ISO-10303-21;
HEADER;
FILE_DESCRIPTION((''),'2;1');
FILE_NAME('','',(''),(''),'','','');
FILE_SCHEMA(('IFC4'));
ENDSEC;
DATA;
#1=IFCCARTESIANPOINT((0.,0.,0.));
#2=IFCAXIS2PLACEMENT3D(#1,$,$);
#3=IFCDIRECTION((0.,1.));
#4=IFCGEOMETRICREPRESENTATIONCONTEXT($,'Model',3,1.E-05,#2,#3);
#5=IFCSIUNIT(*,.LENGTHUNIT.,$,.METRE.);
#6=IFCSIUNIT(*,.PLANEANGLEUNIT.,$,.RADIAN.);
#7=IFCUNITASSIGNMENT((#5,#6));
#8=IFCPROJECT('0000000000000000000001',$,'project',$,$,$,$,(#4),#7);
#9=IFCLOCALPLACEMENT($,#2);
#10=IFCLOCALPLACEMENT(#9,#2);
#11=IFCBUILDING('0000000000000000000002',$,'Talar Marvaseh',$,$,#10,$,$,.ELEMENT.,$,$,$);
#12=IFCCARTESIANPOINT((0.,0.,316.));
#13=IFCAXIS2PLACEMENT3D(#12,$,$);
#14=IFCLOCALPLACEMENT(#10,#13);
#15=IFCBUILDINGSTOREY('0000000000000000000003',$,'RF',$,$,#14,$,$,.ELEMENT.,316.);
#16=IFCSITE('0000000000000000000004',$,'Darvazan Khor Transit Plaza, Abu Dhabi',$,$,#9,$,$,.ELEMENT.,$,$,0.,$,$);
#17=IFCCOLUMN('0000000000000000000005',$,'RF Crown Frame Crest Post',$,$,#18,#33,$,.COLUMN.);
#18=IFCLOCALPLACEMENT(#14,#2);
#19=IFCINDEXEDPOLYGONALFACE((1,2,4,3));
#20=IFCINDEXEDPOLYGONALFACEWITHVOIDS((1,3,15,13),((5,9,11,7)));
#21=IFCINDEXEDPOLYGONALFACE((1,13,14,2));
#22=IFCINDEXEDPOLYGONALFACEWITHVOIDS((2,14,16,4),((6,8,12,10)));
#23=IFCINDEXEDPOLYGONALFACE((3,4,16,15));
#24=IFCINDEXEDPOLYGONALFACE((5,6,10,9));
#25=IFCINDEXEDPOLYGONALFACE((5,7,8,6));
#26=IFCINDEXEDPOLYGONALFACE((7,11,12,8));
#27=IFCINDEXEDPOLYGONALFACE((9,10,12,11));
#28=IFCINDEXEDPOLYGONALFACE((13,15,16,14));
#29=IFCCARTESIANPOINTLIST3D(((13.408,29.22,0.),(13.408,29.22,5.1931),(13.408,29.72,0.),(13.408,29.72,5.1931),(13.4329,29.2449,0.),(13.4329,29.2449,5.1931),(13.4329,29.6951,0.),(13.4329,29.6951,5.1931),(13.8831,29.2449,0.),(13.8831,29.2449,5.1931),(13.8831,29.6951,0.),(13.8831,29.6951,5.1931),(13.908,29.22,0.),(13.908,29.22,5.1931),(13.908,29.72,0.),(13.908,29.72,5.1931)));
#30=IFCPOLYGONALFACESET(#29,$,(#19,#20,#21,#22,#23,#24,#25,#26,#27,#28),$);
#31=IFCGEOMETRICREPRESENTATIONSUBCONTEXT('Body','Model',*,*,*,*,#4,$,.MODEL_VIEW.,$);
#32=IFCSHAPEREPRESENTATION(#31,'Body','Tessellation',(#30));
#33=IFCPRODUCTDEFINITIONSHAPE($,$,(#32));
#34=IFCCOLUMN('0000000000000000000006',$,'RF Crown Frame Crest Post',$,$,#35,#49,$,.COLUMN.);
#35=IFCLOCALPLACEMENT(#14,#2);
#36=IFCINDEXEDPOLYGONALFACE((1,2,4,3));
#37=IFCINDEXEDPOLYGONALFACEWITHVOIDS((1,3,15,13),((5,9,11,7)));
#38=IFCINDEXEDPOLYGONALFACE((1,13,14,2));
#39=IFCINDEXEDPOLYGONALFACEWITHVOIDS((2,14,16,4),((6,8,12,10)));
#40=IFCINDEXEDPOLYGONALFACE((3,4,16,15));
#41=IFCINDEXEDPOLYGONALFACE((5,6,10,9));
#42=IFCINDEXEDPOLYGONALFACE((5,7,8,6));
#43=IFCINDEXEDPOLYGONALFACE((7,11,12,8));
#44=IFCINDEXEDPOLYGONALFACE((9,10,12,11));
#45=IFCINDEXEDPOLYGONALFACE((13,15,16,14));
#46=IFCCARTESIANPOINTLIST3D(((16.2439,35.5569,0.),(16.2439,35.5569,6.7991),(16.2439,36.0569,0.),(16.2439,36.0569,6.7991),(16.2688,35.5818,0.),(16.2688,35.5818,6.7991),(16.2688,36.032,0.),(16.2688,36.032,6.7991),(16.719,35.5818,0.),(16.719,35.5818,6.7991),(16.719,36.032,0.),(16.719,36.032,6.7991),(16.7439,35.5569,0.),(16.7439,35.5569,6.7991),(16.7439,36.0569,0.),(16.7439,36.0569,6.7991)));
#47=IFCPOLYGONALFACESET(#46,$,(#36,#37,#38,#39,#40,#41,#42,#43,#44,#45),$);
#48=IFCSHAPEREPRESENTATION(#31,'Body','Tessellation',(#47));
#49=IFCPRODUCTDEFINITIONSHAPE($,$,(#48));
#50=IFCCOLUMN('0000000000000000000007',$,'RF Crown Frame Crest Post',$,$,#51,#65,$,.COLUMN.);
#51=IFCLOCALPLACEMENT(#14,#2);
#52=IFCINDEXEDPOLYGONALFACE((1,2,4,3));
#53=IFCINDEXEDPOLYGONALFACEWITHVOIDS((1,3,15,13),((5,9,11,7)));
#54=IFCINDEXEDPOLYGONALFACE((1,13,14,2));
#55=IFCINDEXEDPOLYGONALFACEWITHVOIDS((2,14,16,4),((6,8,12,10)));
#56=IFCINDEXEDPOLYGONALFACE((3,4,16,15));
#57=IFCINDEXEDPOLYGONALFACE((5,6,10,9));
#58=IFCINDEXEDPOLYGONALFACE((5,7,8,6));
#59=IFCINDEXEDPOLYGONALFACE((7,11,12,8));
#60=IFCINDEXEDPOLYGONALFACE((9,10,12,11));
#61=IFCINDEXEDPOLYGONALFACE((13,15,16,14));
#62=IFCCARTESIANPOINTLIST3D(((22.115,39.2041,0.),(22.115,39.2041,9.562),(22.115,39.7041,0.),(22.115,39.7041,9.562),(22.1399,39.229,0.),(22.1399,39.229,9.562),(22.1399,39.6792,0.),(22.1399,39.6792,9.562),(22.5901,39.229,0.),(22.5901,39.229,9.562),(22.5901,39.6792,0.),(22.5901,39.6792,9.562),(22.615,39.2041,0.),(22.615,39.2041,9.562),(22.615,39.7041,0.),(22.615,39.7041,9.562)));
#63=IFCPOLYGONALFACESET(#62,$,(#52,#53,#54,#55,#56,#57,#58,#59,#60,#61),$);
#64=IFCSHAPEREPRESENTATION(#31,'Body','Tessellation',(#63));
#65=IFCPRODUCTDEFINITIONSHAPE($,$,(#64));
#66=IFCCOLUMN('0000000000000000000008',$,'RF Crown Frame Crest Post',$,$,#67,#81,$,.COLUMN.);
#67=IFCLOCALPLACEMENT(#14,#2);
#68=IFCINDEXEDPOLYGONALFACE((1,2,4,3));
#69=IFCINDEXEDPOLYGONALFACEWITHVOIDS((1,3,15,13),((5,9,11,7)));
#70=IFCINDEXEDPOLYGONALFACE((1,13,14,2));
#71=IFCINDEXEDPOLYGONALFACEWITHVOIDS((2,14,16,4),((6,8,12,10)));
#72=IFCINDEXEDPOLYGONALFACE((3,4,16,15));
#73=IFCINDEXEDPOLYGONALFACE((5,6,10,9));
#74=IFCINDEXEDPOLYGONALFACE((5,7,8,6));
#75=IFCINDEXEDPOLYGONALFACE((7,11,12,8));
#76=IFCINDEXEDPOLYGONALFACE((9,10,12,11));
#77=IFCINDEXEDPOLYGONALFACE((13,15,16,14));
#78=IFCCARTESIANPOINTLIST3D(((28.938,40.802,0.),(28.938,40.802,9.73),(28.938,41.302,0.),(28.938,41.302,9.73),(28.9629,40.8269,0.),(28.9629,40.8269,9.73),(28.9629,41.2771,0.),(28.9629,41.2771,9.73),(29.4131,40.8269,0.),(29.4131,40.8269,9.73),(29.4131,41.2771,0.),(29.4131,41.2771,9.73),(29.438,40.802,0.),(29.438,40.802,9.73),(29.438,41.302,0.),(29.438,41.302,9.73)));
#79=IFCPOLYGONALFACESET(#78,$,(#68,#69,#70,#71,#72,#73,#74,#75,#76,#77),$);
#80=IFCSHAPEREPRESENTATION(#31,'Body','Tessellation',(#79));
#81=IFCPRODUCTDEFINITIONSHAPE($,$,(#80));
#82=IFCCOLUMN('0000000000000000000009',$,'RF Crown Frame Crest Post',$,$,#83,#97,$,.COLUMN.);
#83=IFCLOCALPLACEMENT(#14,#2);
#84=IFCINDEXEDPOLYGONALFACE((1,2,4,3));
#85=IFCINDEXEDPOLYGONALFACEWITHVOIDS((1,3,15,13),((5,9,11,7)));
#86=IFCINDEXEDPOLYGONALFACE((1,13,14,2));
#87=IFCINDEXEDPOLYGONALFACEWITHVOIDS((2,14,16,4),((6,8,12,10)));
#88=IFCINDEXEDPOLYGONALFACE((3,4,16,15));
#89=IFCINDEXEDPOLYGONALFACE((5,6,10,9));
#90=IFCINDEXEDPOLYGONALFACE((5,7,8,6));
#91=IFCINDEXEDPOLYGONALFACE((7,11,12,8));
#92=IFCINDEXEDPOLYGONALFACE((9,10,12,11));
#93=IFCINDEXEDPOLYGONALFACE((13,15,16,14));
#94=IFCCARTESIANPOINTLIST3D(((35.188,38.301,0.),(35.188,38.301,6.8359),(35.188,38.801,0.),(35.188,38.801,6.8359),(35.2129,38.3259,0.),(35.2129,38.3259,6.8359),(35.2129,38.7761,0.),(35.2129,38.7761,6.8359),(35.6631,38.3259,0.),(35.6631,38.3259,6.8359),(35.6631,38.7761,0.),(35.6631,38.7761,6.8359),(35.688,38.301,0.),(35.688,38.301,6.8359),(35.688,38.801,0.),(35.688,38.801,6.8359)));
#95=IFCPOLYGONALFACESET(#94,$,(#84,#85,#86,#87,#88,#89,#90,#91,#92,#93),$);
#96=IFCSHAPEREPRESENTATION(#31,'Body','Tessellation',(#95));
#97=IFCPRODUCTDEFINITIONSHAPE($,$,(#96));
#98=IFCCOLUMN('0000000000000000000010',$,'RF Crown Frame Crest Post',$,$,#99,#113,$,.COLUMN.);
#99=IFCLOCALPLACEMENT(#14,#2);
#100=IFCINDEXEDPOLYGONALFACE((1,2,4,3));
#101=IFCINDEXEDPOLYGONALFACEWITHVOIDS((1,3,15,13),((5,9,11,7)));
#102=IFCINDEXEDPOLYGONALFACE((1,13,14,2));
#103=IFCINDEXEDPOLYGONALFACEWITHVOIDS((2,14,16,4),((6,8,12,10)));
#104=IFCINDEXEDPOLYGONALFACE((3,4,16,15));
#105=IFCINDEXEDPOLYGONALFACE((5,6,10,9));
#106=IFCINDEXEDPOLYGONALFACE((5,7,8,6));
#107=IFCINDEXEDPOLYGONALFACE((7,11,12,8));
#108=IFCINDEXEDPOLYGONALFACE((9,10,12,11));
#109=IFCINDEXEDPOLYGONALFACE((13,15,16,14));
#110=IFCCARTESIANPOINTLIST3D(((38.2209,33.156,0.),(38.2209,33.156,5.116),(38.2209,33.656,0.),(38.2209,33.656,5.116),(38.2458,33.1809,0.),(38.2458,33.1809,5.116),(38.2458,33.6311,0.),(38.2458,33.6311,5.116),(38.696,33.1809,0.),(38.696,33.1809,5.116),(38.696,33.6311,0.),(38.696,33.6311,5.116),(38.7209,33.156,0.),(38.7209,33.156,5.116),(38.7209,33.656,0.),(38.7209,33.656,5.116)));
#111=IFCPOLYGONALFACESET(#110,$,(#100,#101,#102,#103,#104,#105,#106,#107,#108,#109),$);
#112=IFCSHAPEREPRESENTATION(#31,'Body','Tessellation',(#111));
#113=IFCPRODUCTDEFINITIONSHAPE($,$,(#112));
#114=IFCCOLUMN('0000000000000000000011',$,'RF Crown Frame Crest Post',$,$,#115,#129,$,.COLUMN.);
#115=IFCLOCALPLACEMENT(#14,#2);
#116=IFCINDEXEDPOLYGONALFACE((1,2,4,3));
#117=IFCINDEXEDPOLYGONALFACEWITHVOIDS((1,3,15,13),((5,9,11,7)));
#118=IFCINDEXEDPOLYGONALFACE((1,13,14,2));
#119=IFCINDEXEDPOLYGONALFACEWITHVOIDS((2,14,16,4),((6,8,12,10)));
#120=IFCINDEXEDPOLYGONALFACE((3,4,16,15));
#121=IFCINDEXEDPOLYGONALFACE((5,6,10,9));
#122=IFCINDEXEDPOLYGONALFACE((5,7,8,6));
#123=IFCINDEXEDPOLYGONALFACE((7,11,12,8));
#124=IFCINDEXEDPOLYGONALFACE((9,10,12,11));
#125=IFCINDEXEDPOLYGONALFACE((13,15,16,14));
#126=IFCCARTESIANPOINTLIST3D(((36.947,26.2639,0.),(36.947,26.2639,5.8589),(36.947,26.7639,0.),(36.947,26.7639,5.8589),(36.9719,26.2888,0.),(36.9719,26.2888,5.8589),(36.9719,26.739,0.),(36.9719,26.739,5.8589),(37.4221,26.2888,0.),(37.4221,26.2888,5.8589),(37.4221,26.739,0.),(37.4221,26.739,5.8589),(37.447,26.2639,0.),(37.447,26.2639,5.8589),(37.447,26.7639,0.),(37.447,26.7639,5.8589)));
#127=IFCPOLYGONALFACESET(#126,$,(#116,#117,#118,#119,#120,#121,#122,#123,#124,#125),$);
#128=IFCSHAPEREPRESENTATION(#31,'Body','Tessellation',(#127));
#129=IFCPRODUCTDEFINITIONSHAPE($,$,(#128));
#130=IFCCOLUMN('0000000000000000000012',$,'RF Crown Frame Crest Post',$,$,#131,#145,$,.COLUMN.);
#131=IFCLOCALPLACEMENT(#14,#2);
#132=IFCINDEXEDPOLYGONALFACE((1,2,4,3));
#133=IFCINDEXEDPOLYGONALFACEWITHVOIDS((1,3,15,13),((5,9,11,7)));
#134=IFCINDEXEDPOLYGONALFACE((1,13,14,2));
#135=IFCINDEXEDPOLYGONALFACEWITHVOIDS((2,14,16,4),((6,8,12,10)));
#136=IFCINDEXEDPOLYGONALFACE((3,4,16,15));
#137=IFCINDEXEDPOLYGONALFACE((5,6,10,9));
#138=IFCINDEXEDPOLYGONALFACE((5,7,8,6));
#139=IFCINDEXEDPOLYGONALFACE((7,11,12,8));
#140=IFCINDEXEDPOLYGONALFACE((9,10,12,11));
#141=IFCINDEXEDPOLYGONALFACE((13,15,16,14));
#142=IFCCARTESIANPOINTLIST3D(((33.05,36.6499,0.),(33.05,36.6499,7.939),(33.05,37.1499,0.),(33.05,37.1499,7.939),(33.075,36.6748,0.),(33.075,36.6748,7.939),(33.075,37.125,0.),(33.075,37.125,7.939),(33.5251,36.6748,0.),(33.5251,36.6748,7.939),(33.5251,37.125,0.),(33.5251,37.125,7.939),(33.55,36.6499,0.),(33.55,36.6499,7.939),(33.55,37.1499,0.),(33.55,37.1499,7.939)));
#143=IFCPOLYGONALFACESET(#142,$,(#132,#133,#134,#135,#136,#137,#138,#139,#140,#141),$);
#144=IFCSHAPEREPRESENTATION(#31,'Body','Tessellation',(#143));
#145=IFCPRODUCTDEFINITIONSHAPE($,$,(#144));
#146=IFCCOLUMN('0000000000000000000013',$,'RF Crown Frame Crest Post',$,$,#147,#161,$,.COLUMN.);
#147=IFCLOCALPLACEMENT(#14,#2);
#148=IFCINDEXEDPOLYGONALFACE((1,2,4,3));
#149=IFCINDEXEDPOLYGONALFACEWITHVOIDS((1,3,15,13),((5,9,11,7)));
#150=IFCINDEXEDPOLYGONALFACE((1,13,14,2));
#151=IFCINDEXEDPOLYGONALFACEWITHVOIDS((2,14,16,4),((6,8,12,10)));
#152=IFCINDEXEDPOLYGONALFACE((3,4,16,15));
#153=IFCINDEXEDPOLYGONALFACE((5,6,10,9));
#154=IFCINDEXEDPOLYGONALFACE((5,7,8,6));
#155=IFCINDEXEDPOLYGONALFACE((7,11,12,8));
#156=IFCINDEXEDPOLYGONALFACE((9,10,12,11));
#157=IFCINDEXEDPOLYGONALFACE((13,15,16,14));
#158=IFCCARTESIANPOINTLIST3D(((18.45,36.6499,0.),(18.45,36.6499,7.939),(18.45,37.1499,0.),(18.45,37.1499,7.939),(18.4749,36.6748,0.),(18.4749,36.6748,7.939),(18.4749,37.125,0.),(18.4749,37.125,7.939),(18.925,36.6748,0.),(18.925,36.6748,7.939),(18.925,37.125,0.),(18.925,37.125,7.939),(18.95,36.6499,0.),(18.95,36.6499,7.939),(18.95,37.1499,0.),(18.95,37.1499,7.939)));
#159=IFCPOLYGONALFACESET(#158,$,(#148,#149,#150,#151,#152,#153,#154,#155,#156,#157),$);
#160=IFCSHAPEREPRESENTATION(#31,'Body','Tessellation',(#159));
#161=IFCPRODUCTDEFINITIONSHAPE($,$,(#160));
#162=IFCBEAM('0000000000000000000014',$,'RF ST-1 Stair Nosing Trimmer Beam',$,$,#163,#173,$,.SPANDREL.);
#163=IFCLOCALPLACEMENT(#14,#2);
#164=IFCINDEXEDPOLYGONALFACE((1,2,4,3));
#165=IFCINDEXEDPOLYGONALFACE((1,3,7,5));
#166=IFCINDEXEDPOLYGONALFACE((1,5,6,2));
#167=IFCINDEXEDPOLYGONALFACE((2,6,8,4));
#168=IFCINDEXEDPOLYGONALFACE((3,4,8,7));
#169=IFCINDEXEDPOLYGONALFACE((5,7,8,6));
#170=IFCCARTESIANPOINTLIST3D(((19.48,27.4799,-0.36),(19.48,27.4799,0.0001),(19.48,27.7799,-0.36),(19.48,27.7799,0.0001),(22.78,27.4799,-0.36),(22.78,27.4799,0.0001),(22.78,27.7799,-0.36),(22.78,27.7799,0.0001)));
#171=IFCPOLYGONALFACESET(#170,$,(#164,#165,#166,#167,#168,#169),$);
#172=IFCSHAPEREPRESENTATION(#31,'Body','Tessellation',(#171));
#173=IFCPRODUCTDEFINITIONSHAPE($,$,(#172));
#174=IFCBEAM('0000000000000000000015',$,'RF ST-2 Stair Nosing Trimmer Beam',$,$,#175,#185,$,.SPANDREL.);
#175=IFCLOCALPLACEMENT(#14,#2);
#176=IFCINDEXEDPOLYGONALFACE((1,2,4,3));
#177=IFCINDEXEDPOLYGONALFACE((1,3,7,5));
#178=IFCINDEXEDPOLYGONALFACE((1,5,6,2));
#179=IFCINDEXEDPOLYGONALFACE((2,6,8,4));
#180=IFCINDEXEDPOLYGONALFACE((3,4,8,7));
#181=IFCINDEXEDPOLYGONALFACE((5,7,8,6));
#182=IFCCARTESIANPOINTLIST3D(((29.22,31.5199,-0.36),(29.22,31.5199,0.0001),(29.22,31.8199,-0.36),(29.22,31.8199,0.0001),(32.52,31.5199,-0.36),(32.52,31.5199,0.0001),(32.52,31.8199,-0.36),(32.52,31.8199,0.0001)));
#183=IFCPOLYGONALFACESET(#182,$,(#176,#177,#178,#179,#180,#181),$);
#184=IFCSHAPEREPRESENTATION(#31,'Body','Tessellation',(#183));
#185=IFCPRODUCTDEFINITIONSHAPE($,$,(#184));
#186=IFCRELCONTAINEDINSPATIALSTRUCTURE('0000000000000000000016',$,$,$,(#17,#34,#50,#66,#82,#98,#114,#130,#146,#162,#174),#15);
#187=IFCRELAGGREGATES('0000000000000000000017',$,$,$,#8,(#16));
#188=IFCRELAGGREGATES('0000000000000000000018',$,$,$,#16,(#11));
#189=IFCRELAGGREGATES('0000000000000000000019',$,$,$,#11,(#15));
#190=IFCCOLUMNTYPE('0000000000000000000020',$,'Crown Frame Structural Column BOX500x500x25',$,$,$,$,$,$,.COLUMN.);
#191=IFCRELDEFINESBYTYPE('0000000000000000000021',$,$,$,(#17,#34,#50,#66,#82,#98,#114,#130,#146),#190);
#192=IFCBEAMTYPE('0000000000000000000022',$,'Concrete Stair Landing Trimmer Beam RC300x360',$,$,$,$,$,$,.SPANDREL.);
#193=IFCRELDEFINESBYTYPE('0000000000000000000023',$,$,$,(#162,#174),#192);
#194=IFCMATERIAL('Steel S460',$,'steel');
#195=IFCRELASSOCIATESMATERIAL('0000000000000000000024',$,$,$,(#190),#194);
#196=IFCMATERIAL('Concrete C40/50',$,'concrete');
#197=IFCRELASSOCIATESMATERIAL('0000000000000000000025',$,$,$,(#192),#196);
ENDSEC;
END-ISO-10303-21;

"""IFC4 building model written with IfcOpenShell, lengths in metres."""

from ifc_helpers import new_model, si_unit, direction, frame, origin, origin_2d, place, context, subcontext, project, spatial, rectangle, hollow_rectangle, extrude, material, material_profile, profile_set, type_object, element, save


model = new_model("IFC4")

# Units and contexts
model_context = context("Model", 3, precision=1e-05, world=origin(), true_north=direction((0.0, 1.0)))
body_context = subcontext(model_context, "Body", "Model", "MODEL_VIEW")
ifc_project = project(units=[si_unit("LENGTHUNIT", "METRE"), si_unit("PLANEANGLEUNIT", "RADIAN")], contexts=[model_context])

# Site, building, storey
site_placement = place(None, origin())
site = spatial("IfcSite", under=ifc_project, at=site_placement, Name="Darvazan Khor Transit Plaza, Abu Dhabi", CompositionType="ELEMENT", RefElevation=0.0)
building_placement = place(site_placement, origin())
building = spatial("IfcBuilding", under=site, at=building_placement, Name="Talar Marvaseh", CompositionType="ELEMENT")
storey_placement = place(building_placement, frame((0.0, 0.0, 316.0)))
storey = spatial("IfcBuildingStorey", under=building, at=storey_placement, Name="RF", CompositionType="ELEMENT", Elevation=316.0)

# Columns
ifc_material_1 = material(Name="Steel S460", Category="steel")
ifc_material_profile_1 = material_profile(ifc_material_1, hollow_rectangle(XDim=0.5, YDim=0.5, WallThickness=0.0249, at=origin_2d()), Name="BOX500x500x25")
ifc_profile_set_1 = profile_set([ifc_material_profile_1], Name="Steel S460")
column_type = type_object("IfcColumnType", Name="Crown Frame Structural Column BOX500x500x25", PredefinedType="COLUMN", material=ifc_profile_set_1)
column_1_placement = place(storey_placement, frame((13.658, 29.47, 0.0), z_axis=(0.0, 0.0, 1.0), x_axis=(1.0, 0.0, 0.0)))
element("IfcColumn", 1, at=column_1_placement, inside=storey, type_object=column_type, Name="RF Crown Frame Crest Post", PredefinedType="COLUMN", context=body_context, shape_type="SweptSolid", body=[
    extrude(hollow_rectangle(XDim=0.5, YDim=0.5, WallThickness=0.0249, at=origin_2d()), origin(), (0.0, 0.0, 1.0), 5.1931),
])
column_2_placement = place(storey_placement, frame((16.4939, 35.8069, 0.0), z_axis=(0.0, 0.0, 1.0), x_axis=(1.0, 0.0, 0.0)))
element("IfcColumn", 2, at=column_2_placement, inside=storey, type_object=column_type, Name="RF Crown Frame Crest Post", PredefinedType="COLUMN", context=body_context, shape_type="SweptSolid", body=[
    extrude(hollow_rectangle(XDim=0.5, YDim=0.5, WallThickness=0.0249, at=origin_2d()), origin(), (0.0, 0.0, 1.0), 6.7991),
])
column_3_placement = place(storey_placement, frame((22.365, 39.4541, 0.0), z_axis=(0.0, 0.0, 1.0), x_axis=(1.0, 0.0, 0.0)))
element("IfcColumn", 3, at=column_3_placement, inside=storey, type_object=column_type, Name="RF Crown Frame Crest Post", PredefinedType="COLUMN", context=body_context, shape_type="SweptSolid", body=[
    extrude(hollow_rectangle(XDim=0.5, YDim=0.5, WallThickness=0.0249, at=origin_2d()), origin(), (0.0, 0.0, 1.0), 9.562),
])
column_4_placement = place(storey_placement, frame((29.188, 41.052, 0.0), z_axis=(0.0, 0.0, 1.0), x_axis=(1.0, 0.0, 0.0)))
element("IfcColumn", 4, at=column_4_placement, inside=storey, type_object=column_type, Name="RF Crown Frame Crest Post", PredefinedType="COLUMN", context=body_context, shape_type="SweptSolid", body=[
    extrude(hollow_rectangle(XDim=0.5, YDim=0.5, WallThickness=0.0249, at=origin_2d()), origin(), (0.0, 0.0, 1.0), 9.73),
])
column_5_placement = place(storey_placement, frame((35.438, 38.551, 0.0), z_axis=(0.0, 0.0, 1.0), x_axis=(1.0, 0.0, 0.0)))
element("IfcColumn", 5, at=column_5_placement, inside=storey, type_object=column_type, Name="RF Crown Frame Crest Post", PredefinedType="COLUMN", context=body_context, shape_type="SweptSolid", body=[
    extrude(hollow_rectangle(XDim=0.5, YDim=0.5, WallThickness=0.0249, at=origin_2d()), origin(), (0.0, 0.0, 1.0), 6.8359),
])
column_6_placement = place(storey_placement, frame((38.4709, 33.406, 0.0), z_axis=(0.0, 0.0, 1.0), x_axis=(1.0, 0.0, 0.0)))
element("IfcColumn", 6, at=column_6_placement, inside=storey, type_object=column_type, Name="RF Crown Frame Crest Post", PredefinedType="COLUMN", context=body_context, shape_type="SweptSolid", body=[
    extrude(hollow_rectangle(XDim=0.5, YDim=0.5, WallThickness=0.0249, at=origin_2d()), origin(), (0.0, 0.0, 1.0), 5.116),
])
column_7_placement = place(storey_placement, frame((37.197, 26.5139, 0.0), z_axis=(0.0, 0.0, 1.0), x_axis=(1.0, 0.0, 0.0)))
element("IfcColumn", 7, at=column_7_placement, inside=storey, type_object=column_type, Name="RF Crown Frame Crest Post", PredefinedType="COLUMN", context=body_context, shape_type="SweptSolid", body=[
    extrude(hollow_rectangle(XDim=0.5, YDim=0.5, WallThickness=0.0249, at=origin_2d()), origin(), (0.0, 0.0, 1.0), 5.8589),
])
for number, where, z_axis, x_axis, name in (
    (8, (33.3, 36.8999, 0.0), (0.0, 0.0, 1.0), (1.0, 0.0, 0.0), "RF Crown Frame Crest Post"),
    (9, (18.7, 36.8999, 0.0), (0.0, 0.0, 1.0), (1.0, 0.0, 0.0), "RF Crown Frame Crest Post"),
):
    element("IfcColumn", number, at=place(storey_placement, frame(where, z_axis=z_axis, x_axis=x_axis)), inside=storey, type_object=column_type, Name=name, PredefinedType="COLUMN", context=body_context, shape_type="SweptSolid", body=[
        extrude(hollow_rectangle(XDim=0.5, YDim=0.5, WallThickness=0.0249, at=origin_2d()), origin(), (0.0, 0.0, 1.0), 7.939),
    ])

# Beams
ifc_material_2 = material(Name="Concrete C40/50", Category="concrete")
ifc_material_profile_2 = material_profile(ifc_material_2, rectangle(XDim=0.3, YDim=0.3601, at=origin_2d()), Name="RC300x360")
ifc_profile_set_2 = profile_set([ifc_material_profile_2], Name="Concrete C40/50")
beam_type = type_object("IfcBeamType", Name="Concrete Stair Landing Trimmer Beam RC300x360", PredefinedType="SPANDREL", material=ifc_profile_set_2)
for number, where, z_axis, x_axis, name in (
    (10, (22.78, 27.6299, -0.1799), (-1.0, 0.0, 0.0), (0.0, -1.0, 0.0), "RF ST-1 Stair Nosing Trimmer Beam"),
    (11, (29.22, 31.6699, -0.1799), (1.0, 0.0, 0.0), (0.0, 1.0, 0.0), "RF ST-2 Stair Nosing Trimmer Beam"),
):
    element("IfcBeam", number, at=place(storey_placement, frame(where, z_axis=z_axis, x_axis=x_axis)), inside=storey, type_object=beam_type, Name=name, PredefinedType="SPANDREL", context=body_context, shape_type="SweptSolid", body=[
        extrude(rectangle(XDim=0.3, YDim=0.3601, at=origin_2d()), origin(), (0.0, 0.0, 1.0), 3.3),
    ])

save(model, "model.ifc")
